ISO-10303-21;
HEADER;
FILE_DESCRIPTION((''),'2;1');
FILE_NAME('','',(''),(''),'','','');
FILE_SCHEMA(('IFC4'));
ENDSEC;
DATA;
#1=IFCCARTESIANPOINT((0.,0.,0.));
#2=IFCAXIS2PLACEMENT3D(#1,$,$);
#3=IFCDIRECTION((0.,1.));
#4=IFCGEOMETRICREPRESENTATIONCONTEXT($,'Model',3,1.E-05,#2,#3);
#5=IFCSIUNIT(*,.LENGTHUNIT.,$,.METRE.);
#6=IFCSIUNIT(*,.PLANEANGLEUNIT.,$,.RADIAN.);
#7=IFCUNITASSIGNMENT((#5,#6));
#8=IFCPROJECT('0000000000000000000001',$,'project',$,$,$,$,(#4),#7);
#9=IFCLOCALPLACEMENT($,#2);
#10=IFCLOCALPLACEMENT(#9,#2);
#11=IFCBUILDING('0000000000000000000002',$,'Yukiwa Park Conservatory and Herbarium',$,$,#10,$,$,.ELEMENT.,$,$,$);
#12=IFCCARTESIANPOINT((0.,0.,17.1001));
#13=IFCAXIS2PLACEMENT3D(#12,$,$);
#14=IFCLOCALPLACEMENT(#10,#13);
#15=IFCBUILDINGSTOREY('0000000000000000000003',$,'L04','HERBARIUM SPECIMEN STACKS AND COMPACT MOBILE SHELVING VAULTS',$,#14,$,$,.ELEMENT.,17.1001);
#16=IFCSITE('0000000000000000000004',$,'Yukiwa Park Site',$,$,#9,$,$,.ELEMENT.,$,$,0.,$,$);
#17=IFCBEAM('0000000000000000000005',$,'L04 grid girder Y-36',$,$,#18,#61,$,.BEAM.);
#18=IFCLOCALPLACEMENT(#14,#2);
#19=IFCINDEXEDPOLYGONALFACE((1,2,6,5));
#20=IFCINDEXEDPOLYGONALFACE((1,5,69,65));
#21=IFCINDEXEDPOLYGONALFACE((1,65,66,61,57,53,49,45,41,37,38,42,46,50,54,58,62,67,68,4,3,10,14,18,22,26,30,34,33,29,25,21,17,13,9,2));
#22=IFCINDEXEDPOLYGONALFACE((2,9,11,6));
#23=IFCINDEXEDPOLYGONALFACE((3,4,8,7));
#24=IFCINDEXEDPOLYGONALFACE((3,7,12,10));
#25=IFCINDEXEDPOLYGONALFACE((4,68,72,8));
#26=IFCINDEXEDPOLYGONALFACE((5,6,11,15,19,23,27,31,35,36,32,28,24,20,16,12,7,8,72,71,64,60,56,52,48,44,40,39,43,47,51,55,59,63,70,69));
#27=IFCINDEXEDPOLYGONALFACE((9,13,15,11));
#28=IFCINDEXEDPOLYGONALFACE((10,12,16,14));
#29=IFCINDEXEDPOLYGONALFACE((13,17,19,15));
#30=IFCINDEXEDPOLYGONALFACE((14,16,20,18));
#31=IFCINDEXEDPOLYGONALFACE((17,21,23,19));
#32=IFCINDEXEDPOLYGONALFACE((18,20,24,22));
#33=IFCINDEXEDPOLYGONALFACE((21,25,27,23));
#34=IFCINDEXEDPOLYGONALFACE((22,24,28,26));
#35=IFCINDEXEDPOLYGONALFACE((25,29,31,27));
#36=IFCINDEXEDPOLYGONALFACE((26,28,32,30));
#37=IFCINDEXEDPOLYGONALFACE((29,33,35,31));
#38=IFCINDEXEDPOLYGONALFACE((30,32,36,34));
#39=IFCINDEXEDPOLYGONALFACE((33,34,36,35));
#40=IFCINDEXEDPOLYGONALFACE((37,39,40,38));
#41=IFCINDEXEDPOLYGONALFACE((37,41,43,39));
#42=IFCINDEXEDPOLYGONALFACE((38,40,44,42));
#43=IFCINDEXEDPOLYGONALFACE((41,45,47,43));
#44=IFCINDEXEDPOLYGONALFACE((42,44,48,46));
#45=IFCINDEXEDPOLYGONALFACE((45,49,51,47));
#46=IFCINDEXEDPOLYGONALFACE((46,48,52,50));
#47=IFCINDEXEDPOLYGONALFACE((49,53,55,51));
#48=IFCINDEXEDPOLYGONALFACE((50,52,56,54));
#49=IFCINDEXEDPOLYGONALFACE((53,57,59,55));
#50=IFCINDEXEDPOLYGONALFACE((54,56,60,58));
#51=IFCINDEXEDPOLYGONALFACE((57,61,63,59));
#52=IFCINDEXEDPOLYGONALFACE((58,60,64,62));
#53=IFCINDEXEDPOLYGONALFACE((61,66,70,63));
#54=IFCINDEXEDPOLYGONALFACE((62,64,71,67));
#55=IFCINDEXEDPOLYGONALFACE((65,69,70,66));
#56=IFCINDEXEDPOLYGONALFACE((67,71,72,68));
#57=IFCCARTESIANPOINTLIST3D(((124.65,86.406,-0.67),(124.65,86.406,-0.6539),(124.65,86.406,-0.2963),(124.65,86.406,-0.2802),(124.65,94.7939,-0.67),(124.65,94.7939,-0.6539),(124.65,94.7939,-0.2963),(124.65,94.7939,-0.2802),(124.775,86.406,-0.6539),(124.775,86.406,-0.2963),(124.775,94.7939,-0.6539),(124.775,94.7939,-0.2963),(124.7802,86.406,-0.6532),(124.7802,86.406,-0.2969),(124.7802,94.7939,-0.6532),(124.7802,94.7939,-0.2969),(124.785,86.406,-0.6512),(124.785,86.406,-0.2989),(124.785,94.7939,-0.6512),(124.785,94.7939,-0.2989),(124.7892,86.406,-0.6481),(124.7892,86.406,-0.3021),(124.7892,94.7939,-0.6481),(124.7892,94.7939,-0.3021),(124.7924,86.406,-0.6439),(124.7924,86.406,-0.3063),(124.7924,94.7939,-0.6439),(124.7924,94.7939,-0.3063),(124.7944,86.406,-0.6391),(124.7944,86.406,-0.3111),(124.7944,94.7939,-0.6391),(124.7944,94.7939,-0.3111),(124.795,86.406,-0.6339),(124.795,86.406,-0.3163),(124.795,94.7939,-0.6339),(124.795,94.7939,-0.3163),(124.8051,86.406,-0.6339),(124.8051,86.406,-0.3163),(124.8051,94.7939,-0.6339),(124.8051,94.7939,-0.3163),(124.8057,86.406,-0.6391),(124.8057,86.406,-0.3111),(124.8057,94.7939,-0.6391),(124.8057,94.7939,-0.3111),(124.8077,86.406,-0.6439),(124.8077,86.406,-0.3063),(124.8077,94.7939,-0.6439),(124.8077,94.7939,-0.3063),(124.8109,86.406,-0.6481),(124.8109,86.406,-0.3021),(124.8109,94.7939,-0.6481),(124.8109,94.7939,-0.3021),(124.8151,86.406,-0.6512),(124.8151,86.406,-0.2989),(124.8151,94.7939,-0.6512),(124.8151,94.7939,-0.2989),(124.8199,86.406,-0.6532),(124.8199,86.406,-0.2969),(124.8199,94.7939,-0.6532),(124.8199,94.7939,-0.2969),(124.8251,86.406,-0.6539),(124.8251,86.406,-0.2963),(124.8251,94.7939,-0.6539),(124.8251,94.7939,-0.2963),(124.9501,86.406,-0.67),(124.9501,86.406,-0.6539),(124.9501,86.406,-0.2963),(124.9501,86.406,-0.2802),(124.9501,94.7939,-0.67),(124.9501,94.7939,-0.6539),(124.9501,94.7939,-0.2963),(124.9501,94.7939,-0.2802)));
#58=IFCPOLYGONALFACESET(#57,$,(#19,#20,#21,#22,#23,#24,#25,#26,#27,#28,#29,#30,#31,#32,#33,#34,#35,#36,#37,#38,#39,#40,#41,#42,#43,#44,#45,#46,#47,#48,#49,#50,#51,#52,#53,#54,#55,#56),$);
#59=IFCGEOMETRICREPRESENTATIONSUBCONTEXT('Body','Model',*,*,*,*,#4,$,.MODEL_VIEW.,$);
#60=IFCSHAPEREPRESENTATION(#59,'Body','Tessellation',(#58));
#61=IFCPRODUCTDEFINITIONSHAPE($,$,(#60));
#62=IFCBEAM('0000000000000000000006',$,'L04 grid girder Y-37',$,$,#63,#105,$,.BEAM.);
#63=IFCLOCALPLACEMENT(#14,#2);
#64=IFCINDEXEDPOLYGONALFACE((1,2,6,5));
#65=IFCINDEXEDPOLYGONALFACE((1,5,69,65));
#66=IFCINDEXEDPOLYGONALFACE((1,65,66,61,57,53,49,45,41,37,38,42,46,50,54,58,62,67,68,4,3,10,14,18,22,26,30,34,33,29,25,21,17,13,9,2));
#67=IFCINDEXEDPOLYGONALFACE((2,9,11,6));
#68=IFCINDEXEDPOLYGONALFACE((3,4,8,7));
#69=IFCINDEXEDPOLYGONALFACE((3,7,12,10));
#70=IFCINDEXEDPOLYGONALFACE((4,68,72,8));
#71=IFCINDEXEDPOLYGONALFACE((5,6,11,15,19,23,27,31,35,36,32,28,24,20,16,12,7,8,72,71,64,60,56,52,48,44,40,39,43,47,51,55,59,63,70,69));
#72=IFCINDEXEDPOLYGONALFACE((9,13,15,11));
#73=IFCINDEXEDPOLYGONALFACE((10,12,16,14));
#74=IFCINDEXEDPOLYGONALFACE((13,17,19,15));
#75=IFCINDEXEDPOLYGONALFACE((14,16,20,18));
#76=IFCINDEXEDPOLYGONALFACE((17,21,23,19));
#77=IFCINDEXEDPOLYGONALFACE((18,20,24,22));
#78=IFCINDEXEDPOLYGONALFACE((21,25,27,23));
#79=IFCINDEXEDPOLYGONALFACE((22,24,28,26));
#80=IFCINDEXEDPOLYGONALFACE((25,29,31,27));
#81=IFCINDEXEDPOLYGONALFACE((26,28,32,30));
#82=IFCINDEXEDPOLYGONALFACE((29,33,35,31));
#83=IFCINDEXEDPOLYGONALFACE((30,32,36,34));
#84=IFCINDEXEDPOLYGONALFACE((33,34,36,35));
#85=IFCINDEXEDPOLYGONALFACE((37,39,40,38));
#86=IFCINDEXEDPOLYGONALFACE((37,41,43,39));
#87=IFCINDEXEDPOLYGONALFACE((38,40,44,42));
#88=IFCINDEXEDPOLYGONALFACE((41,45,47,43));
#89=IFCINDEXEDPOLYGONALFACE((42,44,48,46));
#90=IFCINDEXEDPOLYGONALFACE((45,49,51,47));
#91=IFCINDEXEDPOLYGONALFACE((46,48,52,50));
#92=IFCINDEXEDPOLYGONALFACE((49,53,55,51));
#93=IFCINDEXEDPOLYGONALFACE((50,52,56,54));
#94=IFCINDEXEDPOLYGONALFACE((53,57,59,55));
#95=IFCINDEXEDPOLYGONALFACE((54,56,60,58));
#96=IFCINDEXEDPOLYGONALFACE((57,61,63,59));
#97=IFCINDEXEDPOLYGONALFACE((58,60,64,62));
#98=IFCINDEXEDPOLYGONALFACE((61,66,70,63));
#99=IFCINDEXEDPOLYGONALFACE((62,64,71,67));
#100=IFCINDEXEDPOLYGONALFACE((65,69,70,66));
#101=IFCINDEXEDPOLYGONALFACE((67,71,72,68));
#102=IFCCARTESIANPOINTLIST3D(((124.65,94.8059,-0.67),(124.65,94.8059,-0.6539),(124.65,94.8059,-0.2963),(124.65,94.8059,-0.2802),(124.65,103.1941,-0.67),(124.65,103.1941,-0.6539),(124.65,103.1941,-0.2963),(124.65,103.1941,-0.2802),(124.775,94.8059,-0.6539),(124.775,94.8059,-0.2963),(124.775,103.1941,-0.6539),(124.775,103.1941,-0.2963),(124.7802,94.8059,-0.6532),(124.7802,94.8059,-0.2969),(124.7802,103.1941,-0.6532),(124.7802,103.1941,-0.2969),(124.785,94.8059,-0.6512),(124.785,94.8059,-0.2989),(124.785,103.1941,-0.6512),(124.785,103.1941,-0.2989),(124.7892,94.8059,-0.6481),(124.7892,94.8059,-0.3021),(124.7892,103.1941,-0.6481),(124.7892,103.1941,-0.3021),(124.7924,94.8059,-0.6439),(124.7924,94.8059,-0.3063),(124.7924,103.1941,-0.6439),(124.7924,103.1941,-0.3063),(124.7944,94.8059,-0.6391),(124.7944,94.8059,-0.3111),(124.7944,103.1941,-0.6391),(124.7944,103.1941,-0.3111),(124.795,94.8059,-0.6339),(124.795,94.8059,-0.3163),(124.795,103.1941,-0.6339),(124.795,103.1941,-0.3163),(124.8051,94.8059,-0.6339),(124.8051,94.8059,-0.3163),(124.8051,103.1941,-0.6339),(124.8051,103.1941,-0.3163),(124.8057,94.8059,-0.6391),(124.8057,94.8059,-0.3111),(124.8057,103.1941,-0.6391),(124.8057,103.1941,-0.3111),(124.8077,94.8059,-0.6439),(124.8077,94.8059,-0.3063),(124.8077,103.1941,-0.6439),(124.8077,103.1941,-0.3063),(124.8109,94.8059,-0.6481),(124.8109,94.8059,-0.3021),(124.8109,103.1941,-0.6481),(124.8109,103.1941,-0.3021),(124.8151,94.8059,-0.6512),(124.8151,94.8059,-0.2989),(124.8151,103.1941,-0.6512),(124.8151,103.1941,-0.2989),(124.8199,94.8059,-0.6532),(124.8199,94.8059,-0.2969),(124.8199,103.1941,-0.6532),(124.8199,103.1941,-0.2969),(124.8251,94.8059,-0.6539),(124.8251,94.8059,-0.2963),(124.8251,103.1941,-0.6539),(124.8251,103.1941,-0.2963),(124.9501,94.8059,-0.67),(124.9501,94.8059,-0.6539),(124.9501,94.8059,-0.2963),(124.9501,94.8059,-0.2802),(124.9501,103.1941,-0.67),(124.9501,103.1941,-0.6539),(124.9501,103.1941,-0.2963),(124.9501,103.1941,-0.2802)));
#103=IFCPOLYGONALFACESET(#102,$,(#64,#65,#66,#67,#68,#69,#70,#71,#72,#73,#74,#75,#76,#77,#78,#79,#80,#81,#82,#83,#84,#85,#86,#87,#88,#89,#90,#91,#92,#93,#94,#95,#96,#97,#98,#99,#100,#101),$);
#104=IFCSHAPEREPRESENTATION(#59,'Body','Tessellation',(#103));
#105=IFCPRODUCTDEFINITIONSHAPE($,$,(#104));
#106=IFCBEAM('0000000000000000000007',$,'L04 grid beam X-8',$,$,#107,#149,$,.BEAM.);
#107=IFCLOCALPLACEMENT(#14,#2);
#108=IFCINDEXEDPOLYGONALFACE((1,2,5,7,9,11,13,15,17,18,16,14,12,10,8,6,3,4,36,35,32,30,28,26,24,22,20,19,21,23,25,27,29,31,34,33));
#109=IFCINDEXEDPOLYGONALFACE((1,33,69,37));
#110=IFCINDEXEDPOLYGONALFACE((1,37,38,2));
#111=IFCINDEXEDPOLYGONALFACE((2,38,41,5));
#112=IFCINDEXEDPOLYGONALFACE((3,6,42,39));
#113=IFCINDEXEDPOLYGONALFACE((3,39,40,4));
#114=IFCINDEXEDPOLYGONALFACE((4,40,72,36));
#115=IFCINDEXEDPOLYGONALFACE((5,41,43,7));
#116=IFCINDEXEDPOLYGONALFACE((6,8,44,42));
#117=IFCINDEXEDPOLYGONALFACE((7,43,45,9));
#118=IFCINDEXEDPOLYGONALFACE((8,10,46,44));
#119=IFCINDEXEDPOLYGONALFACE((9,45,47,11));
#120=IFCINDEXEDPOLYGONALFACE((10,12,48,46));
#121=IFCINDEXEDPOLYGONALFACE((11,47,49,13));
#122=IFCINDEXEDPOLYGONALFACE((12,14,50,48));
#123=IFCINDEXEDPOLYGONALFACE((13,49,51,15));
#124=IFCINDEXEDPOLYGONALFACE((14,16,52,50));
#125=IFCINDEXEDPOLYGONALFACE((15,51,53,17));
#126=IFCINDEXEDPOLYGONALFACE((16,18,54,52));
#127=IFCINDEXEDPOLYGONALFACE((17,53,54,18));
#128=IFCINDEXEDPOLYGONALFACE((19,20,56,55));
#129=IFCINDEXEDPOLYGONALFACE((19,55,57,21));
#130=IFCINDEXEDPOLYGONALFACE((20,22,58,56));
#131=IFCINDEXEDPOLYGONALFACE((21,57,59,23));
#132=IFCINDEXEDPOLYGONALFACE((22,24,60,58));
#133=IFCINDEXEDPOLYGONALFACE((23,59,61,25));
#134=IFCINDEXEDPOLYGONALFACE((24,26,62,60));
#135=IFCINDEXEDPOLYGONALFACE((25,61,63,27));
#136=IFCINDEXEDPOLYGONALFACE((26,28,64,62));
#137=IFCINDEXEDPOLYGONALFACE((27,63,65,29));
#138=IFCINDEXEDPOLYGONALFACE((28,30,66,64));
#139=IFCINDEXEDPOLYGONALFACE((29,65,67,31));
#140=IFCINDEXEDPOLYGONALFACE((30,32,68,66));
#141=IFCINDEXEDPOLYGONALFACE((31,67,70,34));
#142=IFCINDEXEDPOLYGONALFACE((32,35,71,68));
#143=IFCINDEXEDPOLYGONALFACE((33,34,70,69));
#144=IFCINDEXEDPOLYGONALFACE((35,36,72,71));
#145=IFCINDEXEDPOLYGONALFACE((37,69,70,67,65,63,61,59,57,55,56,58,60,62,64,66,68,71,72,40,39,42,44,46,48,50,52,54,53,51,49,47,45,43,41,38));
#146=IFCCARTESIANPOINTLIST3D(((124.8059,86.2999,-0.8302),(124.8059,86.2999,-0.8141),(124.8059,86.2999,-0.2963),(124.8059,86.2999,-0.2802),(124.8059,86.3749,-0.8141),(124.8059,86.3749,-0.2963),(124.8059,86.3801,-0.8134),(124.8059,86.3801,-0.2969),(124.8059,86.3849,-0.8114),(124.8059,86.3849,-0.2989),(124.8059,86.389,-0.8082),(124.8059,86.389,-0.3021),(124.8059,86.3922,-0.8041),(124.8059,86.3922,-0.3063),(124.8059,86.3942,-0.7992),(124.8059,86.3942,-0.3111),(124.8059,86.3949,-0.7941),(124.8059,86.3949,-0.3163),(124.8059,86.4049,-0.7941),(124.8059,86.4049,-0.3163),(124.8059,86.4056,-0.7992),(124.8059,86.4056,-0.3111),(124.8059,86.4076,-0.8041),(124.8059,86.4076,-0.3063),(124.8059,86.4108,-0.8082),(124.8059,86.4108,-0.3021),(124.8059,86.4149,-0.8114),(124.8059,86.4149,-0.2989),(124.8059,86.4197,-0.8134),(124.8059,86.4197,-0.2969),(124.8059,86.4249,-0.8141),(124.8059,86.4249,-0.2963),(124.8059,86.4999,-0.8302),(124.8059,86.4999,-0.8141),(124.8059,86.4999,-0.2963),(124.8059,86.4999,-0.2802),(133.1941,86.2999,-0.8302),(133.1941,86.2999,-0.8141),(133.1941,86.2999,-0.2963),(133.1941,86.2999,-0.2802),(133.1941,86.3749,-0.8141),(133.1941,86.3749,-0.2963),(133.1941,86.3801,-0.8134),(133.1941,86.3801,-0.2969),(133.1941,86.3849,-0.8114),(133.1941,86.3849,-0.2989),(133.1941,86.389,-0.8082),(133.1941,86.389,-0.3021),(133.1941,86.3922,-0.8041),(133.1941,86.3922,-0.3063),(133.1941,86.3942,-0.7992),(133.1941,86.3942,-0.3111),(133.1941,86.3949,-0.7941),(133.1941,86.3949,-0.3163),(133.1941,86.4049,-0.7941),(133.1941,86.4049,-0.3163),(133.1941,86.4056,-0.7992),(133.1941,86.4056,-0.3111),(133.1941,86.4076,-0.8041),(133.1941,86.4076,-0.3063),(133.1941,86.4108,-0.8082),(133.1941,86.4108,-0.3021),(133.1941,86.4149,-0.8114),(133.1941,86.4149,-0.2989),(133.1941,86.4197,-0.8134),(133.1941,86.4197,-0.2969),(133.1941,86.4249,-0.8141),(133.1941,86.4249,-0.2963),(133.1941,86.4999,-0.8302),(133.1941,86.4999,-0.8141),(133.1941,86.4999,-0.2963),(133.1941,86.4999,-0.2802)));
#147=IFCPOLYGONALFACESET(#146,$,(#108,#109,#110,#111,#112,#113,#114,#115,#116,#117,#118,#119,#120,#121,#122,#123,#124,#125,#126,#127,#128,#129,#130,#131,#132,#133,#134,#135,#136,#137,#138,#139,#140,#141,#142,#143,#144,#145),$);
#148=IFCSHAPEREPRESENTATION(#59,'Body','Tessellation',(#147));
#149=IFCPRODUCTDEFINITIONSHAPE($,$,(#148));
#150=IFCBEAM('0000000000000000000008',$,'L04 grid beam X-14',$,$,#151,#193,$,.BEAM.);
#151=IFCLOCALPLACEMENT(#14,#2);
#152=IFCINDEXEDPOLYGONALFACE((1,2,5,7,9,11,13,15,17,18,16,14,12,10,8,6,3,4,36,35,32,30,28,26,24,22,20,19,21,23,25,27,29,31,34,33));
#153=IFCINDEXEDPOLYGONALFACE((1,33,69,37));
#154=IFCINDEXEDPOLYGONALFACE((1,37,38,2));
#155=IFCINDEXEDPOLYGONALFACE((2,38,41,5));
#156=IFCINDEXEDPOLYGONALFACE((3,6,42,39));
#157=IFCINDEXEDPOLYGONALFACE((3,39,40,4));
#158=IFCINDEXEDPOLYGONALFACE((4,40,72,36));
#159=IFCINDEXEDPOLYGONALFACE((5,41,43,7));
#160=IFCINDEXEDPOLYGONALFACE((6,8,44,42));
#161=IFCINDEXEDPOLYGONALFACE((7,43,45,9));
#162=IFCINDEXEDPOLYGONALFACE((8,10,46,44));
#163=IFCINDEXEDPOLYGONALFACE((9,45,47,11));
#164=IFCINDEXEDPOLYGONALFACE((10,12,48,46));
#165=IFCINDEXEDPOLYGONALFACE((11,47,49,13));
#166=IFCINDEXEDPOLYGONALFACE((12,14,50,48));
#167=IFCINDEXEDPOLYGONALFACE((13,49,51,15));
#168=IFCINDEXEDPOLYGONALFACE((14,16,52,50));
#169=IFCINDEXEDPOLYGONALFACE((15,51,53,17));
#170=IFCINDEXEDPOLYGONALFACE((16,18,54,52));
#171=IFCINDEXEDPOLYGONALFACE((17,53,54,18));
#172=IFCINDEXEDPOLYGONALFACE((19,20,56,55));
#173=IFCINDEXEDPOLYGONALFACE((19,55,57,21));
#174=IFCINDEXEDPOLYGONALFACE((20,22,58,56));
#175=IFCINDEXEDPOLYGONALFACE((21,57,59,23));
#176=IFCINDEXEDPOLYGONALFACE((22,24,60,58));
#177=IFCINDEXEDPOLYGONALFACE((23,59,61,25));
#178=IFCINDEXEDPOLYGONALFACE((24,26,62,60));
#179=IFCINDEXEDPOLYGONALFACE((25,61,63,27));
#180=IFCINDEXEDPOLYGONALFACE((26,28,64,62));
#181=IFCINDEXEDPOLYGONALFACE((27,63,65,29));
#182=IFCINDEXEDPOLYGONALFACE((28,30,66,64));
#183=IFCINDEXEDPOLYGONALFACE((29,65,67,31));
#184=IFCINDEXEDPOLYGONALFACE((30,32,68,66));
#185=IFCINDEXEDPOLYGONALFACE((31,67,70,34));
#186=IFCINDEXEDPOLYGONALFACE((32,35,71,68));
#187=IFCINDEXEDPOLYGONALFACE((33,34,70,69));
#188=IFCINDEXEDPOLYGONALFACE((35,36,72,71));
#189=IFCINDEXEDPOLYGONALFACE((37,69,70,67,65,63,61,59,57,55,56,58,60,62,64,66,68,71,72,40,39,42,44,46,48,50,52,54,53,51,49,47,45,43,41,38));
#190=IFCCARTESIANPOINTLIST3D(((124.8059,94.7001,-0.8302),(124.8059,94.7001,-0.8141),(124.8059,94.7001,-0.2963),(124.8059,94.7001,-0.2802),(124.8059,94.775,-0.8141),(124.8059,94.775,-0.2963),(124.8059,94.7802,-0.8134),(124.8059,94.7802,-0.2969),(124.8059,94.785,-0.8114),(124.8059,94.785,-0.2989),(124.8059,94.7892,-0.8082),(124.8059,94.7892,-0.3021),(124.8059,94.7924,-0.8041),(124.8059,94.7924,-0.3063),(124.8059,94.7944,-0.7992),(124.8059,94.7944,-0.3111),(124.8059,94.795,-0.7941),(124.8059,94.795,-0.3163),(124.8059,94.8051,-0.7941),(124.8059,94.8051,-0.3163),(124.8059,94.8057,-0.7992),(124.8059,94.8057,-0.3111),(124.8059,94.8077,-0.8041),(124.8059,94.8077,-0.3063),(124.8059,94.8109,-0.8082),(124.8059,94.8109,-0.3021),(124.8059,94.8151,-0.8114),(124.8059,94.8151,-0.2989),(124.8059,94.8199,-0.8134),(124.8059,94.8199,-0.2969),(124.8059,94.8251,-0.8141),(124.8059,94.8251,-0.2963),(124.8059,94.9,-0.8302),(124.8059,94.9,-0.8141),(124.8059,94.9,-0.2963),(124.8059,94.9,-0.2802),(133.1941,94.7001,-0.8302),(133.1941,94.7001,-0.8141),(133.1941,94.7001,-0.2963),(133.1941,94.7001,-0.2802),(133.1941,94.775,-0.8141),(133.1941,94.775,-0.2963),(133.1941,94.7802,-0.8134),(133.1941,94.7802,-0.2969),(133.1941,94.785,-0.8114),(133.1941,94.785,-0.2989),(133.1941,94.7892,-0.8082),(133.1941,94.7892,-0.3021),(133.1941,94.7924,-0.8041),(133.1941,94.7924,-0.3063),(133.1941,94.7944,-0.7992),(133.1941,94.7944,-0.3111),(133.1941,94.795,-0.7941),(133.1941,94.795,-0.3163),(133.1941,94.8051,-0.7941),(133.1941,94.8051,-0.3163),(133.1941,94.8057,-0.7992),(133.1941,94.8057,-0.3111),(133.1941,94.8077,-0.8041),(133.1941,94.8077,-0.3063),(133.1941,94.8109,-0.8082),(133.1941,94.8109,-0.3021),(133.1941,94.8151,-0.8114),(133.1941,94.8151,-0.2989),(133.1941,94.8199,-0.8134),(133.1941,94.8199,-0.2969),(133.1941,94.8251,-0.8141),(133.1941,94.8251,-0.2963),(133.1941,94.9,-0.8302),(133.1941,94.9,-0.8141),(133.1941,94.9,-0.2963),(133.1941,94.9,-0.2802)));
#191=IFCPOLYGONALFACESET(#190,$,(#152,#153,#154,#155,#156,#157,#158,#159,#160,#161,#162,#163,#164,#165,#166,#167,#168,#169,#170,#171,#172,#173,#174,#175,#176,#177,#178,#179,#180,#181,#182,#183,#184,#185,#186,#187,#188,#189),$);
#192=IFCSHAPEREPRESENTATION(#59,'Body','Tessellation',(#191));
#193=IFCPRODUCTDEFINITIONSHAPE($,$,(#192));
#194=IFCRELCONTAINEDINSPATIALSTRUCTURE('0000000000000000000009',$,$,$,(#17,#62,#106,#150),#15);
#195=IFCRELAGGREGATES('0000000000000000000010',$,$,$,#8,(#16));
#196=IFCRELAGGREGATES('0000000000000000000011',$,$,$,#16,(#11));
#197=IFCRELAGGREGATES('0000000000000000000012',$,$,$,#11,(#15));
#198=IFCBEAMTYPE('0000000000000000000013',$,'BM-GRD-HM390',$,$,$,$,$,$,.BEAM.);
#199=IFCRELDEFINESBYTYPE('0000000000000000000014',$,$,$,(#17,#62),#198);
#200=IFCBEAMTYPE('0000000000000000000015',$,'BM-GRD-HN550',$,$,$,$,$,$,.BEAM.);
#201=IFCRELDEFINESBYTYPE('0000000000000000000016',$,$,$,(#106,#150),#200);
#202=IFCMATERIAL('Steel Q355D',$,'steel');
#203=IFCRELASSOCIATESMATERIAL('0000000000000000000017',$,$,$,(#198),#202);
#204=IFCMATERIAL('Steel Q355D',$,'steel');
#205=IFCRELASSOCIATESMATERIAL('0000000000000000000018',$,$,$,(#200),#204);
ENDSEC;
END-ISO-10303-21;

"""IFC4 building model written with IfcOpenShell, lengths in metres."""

from ifc_helpers import new_model, si_unit, direction, frame, origin, origin_2d, place, context, subcontext, project, spatial, i_section, extrude, material, material_profile, profile_set, type_object, element, save


model = new_model("IFC4")

# Units and contexts
model_context = context("Model", 3, precision=1e-05, world=origin(), true_north=direction((0.0, 1.0)))
body_context = subcontext(model_context, "Body", "Model", "MODEL_VIEW")
ifc_project = project(units=[si_unit("LENGTHUNIT", "METRE"), si_unit("PLANEANGLEUNIT", "RADIAN")], contexts=[model_context])

# Site, building, storey
site_placement = place(None, origin())
site = spatial("IfcSite", under=ifc_project, at=site_placement, Name="Yukiwa Park Site", CompositionType="ELEMENT", RefElevation=0.0)
building_placement = place(site_placement, origin())
building = spatial("IfcBuilding", under=site, at=building_placement, Name="Yukiwa Park Conservatory and Herbarium", CompositionType="ELEMENT")
storey_placement = place(building_placement, frame((0.0, 0.0, 17.1001)))
storey = spatial("IfcBuildingStorey", under=building, at=storey_placement, Name="L04", Description="HERBARIUM SPECIMEN STACKS AND COMPACT MOBILE SHELVING VAULTS", CompositionType="ELEMENT", Elevation=17.1001)

# Beams
ifc_material_1 = material(Name="Steel Q355D", Category="steel")
ifc_material_profile_1 = material_profile(ifc_material_1, i_section(OverallWidth=0.3, OverallDepth=0.3899, WebThickness=0.01, FlangeThickness=0.0161, FilletRadius=0.02, at=origin_2d()), Name="HM 390x300x10x16")
ifc_profile_set_1 = profile_set([ifc_material_profile_1], Name="Steel Q355D")
beam_type_1 = type_object("IfcBeamType", Name="BM-GRD-HM390", PredefinedType="BEAM", material=ifc_profile_set_1)
beam_1_placement = place(storey_placement, frame((124.8, 86.406, -0.4751), z_axis=(0.0, 1.0, 0.0), x_axis=(-1.0, 0.0, 0.0)))
element("IfcBeam", 1, at=beam_1_placement, inside=storey, type_object=beam_type_1, Name="L04 grid girder Y-36", PredefinedType="BEAM", context=body_context, shape_type="SweptSolid", body=[
    extrude(i_section(OverallWidth=0.3, OverallDepth=0.3899, WebThickness=0.01, FlangeThickness=0.0161, FilletRadius=0.02, at=origin_2d()), origin(), (0.0, 0.0, 1.0), 8.3879),
])
beam_2_placement = place(storey_placement, frame((124.8, 94.8059, -0.4751), z_axis=(0.0, 1.0, 0.0), x_axis=(-1.0, 0.0, 0.0)))
element("IfcBeam", 2, at=beam_2_placement, inside=storey, type_object=beam_type_1, Name="L04 grid girder Y-37", PredefinedType="BEAM", context=body_context, shape_type="SweptSolid", body=[
    extrude(i_section(OverallWidth=0.3, OverallDepth=0.3899, WebThickness=0.01, FlangeThickness=0.0161, FilletRadius=0.02, at=origin_2d()), origin(), (0.0, 0.0, 1.0), 8.3882),
])
ifc_material_2 = material(Name="Steel Q355D", Category="steel")
ifc_material_profile_2 = material_profile(ifc_material_2, i_section(OverallWidth=0.2, OverallDepth=0.55, WebThickness=0.01, FlangeThickness=0.0161, FilletRadius=0.02, at=origin_2d()), Name="HN 550x200x10x16")
ifc_profile_set_2 = profile_set([ifc_material_profile_2], Name="Steel Q355D")
beam_type_2 = type_object("IfcBeamType", Name="BM-GRD-HN550", PredefinedType="BEAM", material=ifc_profile_set_2)
for number, where, z_axis, x_axis, name in (
    (3, (124.8059, 86.3999, -0.5552), (1.0, 0.0, 0.0), (0.0, 1.0, 0.0), "L04 grid beam X-8"),
    (4, (124.8059, 94.8, -0.5552), (1.0, 0.0, 0.0), (0.0, 1.0, 0.0), "L04 grid beam X-14"),
):
    element("IfcBeam", number, at=place(storey_placement, frame(where, z_axis=z_axis, x_axis=x_axis)), inside=storey, type_object=beam_type_2, Name=name, PredefinedType="BEAM", context=body_context, shape_type="SweptSolid", body=[
        extrude(i_section(OverallWidth=0.2, OverallDepth=0.55, WebThickness=0.01, FlangeThickness=0.0161, FilletRadius=0.02, at=origin_2d()), origin(), (0.0, 0.0, 1.0), 8.3882),
    ])

save(model, "model.ifc")
